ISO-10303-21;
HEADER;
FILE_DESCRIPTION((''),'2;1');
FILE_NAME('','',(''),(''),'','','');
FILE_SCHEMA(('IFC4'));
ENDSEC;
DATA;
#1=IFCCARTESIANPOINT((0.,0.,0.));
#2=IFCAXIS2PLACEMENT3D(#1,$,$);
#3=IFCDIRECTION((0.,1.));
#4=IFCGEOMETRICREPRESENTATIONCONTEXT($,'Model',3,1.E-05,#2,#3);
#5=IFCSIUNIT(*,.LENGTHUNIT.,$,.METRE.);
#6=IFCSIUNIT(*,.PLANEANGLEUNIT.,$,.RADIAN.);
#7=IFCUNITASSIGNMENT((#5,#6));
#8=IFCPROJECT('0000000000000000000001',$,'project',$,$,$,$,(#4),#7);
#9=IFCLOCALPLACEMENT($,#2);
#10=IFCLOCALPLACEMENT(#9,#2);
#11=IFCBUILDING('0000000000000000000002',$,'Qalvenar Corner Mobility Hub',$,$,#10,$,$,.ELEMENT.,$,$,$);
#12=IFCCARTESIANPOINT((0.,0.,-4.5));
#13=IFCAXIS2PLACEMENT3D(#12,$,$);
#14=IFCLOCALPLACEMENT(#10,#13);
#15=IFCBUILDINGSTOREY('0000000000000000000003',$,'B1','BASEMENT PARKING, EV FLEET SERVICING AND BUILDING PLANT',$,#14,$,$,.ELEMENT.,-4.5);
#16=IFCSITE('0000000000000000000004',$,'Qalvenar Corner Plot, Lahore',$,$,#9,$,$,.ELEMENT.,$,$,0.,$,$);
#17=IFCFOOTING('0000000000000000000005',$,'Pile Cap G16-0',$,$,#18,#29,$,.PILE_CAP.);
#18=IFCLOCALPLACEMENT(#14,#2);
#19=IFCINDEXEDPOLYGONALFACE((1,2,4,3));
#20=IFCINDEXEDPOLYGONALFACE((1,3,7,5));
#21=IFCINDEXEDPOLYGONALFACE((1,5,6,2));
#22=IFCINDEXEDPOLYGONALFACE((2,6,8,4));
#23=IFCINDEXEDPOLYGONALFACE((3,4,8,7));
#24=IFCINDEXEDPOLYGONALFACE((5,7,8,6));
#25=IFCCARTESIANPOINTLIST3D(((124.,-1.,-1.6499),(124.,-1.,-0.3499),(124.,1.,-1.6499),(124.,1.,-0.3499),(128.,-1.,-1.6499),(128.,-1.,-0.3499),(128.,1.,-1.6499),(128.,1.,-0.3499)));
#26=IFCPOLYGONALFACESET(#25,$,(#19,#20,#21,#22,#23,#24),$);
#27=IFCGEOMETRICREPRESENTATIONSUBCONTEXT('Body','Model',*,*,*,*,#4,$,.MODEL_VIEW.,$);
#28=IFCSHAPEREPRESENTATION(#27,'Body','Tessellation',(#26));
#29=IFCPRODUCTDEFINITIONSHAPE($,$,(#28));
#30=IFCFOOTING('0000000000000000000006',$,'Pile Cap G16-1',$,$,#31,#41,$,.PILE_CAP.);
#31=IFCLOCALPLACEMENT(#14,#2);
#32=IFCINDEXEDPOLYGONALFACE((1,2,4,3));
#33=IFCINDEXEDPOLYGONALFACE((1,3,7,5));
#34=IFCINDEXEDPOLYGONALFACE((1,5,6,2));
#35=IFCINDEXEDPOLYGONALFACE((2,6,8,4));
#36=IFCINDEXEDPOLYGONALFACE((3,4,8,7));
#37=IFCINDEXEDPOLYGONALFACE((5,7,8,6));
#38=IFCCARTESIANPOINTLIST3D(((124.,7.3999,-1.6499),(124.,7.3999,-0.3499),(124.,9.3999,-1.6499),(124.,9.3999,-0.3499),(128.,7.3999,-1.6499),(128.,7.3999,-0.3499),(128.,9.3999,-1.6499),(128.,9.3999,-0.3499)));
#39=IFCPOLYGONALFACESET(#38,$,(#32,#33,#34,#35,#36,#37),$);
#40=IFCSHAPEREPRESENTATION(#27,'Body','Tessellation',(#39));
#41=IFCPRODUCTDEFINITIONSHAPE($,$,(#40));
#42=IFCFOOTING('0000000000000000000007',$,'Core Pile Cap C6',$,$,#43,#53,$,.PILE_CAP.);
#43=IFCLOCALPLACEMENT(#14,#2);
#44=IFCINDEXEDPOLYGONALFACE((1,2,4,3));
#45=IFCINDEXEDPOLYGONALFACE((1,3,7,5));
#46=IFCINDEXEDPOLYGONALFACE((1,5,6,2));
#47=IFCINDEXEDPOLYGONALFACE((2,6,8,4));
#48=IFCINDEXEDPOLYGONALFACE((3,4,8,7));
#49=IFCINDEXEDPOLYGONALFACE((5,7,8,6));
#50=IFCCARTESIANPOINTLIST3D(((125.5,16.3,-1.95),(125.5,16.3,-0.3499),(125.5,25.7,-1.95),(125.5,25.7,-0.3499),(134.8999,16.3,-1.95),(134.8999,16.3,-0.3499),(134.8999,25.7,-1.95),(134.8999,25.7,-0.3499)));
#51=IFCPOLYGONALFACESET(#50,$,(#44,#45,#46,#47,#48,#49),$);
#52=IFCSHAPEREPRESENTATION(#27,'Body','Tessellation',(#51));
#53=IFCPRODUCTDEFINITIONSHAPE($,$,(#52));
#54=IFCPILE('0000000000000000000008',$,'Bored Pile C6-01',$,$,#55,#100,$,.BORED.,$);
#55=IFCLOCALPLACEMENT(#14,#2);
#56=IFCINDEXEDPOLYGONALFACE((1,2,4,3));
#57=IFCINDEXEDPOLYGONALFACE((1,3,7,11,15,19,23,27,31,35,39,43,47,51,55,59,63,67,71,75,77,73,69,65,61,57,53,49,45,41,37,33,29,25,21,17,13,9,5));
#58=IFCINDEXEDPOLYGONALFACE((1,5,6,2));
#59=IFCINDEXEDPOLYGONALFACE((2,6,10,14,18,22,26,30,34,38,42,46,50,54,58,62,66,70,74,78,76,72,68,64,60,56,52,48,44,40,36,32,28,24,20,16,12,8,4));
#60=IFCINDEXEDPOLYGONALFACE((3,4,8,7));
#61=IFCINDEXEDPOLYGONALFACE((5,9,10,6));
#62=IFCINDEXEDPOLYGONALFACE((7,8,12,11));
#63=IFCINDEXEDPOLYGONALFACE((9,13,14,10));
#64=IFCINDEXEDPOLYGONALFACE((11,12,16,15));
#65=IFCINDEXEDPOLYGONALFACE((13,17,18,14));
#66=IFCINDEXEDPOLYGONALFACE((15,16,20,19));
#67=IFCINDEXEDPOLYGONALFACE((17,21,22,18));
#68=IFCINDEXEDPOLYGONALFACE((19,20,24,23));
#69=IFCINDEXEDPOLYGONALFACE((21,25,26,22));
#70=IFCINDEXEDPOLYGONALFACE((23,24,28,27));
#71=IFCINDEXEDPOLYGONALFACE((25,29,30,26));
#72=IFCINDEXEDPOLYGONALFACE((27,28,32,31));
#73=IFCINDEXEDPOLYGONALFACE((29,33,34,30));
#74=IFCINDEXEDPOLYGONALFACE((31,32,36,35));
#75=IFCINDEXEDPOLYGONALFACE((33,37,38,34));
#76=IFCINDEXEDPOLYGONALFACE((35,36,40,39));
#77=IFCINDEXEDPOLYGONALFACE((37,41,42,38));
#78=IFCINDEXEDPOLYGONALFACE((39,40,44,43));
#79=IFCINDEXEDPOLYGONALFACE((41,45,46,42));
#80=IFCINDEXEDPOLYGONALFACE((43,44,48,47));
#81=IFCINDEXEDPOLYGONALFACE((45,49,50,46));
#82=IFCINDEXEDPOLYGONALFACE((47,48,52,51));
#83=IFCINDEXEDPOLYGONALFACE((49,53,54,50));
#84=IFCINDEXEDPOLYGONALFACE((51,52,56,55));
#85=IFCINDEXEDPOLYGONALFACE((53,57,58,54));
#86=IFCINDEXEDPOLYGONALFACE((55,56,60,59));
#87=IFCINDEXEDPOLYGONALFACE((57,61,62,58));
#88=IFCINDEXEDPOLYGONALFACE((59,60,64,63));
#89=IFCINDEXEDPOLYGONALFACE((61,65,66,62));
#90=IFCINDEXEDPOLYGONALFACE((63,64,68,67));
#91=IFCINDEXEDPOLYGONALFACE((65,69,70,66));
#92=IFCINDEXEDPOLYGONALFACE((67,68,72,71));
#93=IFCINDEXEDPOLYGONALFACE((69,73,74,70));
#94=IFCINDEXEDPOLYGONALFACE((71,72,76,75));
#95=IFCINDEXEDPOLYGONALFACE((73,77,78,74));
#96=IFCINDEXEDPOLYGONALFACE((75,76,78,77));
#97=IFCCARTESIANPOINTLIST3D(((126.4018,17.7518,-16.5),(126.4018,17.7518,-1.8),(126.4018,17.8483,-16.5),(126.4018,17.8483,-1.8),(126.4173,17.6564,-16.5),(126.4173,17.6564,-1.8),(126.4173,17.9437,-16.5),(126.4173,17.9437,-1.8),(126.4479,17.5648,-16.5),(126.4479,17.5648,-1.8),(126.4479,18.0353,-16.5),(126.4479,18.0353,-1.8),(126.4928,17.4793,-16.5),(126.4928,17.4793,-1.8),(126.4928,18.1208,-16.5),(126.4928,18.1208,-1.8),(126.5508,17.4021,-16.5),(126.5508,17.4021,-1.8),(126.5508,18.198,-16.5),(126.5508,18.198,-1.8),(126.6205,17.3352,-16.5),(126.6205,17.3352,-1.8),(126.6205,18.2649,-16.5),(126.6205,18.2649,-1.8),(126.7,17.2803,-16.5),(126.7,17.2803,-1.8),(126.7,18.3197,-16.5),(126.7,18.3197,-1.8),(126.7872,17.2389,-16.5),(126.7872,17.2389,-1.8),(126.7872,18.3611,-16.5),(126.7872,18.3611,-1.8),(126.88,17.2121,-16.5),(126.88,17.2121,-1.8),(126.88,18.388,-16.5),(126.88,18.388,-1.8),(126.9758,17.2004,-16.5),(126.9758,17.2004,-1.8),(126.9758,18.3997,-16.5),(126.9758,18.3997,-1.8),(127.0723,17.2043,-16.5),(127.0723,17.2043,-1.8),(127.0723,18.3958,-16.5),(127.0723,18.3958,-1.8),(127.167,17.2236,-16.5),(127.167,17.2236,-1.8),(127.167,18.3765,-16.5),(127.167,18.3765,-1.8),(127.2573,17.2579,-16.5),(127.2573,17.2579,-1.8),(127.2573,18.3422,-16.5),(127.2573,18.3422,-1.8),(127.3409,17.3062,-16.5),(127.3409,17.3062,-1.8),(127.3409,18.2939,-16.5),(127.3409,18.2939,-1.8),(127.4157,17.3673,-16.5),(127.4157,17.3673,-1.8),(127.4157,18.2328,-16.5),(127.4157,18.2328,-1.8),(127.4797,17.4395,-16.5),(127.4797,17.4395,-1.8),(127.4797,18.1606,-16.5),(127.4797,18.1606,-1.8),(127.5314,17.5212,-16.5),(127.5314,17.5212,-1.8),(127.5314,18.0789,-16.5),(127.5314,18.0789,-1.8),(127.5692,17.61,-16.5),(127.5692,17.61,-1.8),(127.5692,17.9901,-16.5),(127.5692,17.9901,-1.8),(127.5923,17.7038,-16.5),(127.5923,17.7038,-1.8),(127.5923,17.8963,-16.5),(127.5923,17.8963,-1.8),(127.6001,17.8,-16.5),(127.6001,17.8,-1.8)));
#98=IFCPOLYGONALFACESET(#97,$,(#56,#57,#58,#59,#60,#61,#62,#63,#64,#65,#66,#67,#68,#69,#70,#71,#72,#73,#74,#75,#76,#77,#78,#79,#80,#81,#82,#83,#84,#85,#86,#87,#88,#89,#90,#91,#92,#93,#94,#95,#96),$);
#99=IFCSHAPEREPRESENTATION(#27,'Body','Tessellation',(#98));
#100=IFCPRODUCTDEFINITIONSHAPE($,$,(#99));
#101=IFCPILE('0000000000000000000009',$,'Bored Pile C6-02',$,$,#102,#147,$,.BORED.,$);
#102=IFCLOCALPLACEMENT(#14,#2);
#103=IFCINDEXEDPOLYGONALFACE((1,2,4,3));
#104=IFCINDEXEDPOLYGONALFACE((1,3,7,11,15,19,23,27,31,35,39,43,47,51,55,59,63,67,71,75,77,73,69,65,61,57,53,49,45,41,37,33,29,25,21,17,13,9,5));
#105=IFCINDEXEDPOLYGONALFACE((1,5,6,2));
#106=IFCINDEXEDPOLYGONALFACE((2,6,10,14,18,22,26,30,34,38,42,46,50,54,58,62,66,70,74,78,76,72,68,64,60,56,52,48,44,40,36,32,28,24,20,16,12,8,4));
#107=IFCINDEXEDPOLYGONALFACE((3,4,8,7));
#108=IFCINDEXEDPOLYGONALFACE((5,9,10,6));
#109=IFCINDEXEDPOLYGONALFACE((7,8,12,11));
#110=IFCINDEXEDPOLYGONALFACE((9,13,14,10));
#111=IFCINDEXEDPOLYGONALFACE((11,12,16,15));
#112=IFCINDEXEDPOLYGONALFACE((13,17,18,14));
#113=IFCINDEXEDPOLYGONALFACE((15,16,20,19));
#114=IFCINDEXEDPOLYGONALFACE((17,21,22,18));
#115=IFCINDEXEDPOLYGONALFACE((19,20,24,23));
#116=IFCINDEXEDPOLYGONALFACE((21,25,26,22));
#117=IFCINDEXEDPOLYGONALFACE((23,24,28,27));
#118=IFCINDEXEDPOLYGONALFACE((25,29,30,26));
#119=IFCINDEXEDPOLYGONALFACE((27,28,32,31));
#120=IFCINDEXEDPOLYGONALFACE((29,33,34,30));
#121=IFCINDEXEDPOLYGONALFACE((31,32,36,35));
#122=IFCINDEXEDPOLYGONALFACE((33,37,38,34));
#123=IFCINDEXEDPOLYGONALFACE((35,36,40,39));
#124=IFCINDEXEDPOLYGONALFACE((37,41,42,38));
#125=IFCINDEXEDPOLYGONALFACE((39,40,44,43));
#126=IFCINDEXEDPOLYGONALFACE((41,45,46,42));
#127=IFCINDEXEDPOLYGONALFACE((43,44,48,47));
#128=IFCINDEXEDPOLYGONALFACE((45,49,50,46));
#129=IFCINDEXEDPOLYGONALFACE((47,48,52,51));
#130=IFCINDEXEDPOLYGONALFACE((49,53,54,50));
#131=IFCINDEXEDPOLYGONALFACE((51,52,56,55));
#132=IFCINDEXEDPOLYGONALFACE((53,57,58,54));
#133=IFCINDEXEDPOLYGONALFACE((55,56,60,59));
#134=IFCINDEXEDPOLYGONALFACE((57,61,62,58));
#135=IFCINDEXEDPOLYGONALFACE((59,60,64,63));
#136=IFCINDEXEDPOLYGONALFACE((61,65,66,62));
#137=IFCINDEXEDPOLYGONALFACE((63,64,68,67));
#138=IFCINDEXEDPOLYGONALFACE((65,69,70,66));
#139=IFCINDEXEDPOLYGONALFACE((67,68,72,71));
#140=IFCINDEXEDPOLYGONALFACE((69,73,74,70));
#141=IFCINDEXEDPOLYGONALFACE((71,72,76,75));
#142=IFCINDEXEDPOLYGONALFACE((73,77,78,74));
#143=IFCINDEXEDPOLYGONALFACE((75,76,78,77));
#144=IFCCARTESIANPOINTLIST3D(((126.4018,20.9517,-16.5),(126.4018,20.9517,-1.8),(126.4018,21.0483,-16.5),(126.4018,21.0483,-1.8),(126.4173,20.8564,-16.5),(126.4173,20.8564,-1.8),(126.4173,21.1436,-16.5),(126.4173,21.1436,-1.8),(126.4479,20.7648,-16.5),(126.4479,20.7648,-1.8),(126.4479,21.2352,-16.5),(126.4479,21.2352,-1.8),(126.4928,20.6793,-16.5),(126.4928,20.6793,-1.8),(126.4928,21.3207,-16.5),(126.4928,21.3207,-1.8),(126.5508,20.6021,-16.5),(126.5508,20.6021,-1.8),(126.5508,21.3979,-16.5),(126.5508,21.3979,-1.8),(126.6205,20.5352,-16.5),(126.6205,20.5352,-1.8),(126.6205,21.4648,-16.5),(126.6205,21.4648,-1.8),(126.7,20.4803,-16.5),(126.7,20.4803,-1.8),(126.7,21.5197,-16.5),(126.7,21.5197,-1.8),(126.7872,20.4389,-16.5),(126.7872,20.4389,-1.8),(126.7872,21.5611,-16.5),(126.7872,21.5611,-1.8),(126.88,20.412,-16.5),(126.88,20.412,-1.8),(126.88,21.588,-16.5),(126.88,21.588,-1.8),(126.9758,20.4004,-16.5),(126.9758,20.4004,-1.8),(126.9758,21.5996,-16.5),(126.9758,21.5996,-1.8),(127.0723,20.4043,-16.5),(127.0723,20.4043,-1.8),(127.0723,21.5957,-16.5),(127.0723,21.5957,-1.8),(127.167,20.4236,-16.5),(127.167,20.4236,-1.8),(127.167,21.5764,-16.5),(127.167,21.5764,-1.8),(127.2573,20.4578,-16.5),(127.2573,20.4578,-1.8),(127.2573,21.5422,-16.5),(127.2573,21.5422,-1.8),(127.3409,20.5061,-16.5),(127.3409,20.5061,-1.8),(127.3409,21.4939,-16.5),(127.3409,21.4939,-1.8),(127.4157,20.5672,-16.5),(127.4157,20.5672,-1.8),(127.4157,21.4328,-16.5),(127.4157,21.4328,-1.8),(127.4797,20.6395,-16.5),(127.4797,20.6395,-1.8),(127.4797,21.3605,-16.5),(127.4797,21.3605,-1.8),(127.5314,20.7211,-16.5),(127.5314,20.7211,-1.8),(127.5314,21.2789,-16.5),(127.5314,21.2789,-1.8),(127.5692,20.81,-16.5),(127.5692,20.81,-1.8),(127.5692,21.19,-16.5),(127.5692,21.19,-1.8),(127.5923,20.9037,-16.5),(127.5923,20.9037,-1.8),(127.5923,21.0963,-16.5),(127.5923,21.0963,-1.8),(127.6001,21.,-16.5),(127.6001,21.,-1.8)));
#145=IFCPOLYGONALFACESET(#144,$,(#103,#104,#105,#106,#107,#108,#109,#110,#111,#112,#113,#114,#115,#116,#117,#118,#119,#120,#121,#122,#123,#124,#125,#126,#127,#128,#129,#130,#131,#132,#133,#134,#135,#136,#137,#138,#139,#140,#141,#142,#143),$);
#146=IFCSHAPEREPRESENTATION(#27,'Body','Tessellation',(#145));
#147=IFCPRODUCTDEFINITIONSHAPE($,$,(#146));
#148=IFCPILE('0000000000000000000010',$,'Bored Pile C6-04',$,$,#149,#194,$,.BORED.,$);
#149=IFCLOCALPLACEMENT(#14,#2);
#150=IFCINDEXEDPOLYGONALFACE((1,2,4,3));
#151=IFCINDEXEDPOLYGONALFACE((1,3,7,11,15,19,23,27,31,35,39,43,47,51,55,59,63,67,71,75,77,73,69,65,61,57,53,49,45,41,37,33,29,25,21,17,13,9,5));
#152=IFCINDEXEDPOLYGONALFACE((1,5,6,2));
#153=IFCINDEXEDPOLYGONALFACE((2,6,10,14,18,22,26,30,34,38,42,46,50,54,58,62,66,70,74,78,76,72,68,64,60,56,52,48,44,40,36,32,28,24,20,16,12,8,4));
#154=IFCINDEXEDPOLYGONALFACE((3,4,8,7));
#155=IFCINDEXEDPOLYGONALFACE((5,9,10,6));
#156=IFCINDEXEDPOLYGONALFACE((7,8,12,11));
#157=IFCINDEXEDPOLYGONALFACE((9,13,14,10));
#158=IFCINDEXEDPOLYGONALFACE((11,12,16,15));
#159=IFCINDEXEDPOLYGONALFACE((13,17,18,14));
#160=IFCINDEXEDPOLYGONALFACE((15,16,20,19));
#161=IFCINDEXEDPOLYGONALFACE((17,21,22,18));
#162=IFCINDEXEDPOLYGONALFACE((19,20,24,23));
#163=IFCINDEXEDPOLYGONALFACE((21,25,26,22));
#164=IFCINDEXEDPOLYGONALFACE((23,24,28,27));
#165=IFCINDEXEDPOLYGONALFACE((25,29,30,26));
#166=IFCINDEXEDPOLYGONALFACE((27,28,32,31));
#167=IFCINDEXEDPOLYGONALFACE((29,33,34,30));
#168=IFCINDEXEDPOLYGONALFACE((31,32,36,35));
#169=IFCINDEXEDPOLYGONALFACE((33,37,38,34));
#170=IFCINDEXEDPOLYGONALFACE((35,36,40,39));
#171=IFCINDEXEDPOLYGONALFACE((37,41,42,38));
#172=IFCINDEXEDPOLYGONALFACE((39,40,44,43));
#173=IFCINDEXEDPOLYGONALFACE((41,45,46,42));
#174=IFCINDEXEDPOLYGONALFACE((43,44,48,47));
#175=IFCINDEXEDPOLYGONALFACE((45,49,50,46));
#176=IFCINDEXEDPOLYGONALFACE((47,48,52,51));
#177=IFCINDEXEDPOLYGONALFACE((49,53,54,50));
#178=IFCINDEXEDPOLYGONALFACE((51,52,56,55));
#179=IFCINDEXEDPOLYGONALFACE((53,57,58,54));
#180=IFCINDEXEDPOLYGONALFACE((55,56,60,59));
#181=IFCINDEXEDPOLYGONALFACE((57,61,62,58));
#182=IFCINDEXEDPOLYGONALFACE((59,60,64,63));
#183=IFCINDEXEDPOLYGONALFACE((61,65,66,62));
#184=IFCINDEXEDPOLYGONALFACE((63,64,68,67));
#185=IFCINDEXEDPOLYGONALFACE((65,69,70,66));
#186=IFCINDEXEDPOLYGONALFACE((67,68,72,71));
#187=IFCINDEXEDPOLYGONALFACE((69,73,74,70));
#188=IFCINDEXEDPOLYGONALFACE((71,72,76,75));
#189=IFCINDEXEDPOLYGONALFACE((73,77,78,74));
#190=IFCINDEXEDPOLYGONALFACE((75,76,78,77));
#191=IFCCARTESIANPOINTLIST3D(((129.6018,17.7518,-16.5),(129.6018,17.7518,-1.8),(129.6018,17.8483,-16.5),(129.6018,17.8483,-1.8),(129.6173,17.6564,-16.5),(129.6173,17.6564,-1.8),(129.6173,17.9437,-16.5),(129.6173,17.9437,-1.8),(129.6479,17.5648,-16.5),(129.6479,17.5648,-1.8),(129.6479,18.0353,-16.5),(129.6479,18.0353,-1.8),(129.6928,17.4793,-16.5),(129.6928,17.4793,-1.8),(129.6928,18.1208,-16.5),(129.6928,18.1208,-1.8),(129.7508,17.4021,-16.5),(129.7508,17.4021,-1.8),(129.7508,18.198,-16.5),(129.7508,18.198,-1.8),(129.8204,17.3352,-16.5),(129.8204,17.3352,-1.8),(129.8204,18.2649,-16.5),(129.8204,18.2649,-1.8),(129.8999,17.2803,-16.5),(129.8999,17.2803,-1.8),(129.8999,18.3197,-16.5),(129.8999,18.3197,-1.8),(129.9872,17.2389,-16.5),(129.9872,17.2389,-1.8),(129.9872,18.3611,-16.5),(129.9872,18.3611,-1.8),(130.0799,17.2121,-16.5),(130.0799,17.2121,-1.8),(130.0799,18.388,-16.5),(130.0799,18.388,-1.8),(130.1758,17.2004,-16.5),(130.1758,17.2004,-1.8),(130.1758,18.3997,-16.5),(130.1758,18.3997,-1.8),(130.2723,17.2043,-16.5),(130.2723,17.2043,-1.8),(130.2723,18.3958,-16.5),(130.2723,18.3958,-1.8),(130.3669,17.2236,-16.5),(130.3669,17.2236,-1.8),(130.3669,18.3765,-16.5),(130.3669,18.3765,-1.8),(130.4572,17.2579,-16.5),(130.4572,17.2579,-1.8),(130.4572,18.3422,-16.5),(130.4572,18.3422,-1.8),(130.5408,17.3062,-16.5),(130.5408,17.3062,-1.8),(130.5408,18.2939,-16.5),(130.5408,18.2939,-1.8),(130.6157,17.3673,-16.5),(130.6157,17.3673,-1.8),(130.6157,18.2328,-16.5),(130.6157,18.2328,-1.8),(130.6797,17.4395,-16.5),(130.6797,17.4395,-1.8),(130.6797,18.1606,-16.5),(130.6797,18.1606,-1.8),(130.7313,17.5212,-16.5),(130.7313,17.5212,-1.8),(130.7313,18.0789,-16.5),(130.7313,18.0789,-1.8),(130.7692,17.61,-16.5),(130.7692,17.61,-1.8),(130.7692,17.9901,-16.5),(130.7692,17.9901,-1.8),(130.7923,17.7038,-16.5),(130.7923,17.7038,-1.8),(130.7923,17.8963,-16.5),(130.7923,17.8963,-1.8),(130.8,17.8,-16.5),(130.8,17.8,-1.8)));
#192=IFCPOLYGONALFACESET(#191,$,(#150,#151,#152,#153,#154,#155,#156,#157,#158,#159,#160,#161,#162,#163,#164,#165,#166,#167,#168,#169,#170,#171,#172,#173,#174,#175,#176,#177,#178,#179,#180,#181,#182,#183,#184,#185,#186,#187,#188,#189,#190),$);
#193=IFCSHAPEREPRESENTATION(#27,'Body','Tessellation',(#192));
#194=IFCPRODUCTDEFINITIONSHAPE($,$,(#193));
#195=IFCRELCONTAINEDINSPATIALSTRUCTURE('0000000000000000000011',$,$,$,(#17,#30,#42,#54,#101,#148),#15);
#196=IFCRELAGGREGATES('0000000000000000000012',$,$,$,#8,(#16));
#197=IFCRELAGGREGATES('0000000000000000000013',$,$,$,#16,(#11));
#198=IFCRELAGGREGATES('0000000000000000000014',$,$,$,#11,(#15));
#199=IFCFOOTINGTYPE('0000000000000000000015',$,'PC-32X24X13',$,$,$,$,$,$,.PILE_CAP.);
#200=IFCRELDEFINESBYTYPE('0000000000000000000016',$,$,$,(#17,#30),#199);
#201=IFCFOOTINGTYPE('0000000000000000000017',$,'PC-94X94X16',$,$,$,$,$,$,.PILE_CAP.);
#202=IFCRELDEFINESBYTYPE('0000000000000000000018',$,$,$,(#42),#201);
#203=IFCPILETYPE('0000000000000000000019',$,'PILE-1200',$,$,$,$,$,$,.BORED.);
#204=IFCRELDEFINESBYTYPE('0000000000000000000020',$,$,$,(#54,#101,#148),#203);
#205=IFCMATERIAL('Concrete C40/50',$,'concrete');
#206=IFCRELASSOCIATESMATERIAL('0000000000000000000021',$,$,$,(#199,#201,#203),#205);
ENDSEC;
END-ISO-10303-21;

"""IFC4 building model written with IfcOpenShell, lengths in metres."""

from ifc_helpers import new_model, si_unit, direction, frame, origin, origin_2d, place, context, subcontext, project, spatial, rectangle, circle, extrude, material, material_profile, profile_set, type_object, element, save


model = new_model("IFC4")

# Units and contexts
model_context = context("Model", 3, precision=1e-05, world=origin(), true_north=direction((0.0, 1.0)))
body_context = subcontext(model_context, "Body", "Model", "MODEL_VIEW")
ifc_project = project(units=[si_unit("LENGTHUNIT", "METRE"), si_unit("PLANEANGLEUNIT", "RADIAN")], contexts=[model_context])

# Site, building, storey
site_placement = place(None, origin())
site = spatial("IfcSite", under=ifc_project, at=site_placement, Name="Qalvenar Corner Plot, Lahore", CompositionType="ELEMENT", RefElevation=0.0)
building_placement = place(site_placement, origin())
building = spatial("IfcBuilding", under=site, at=building_placement, Name="Qalvenar Corner Mobility Hub", CompositionType="ELEMENT")
storey_placement = place(building_placement, frame((0.0, 0.0, -4.5)))
storey = spatial("IfcBuildingStorey", under=building, at=storey_placement, Name="B1", Description="BASEMENT PARKING, EV FLEET SERVICING AND BUILDING PLANT", CompositionType="ELEMENT", Elevation=-4.5)

# Footings
ifc_material_1 = material(Name="Concrete C40/50", Category="concrete")
footing_type_1 = type_object("IfcFootingType", Name="PC-32X24X13", PredefinedType="PILE_CAP", material=ifc_material_1)
for number, where, z_axis, x_axis, name in (
    (1, (126.0, 0.0, -1.6499), (0.0, 0.0, 1.0), (1.0, 0.0, 0.0), "Pile Cap G16-0"),
    (2, (126.0, 8.3999, -1.6499), (0.0, 0.0, 1.0), (1.0, 0.0, 0.0), "Pile Cap G16-1"),
):
    element("IfcFooting", number, at=place(storey_placement, frame(where, z_axis=z_axis, x_axis=x_axis)), inside=storey, type_object=footing_type_1, Name=name, PredefinedType="PILE_CAP", context=body_context, shape_type="SweptSolid", body=[
        extrude(rectangle(XDim=4.0, YDim=2.0, at=origin_2d()), origin(), (0.0, 0.0, 1.0), 1.3),
    ])
footing_type_2 = type_object("IfcFootingType", Name="PC-94X94X16", PredefinedType="PILE_CAP", material=ifc_material_1)
footing_1_placement = place(storey_placement, frame((130.2, 21.0, -1.95), z_axis=(0.0, 0.0, 1.0), x_axis=(1.0, 0.0, 0.0)))
element("IfcFooting", 3, at=footing_1_placement, inside=storey, type_object=footing_type_2, Name="Core Pile Cap C6", PredefinedType="PILE_CAP", context=body_context, shape_type="SweptSolid", body=[
    extrude(rectangle(XDim=9.3999, YDim=9.3999, at=origin_2d()), origin(), (0.0, 0.0, 1.0), 1.6001),
])

# Piles
ifc_material_profile_1 = material_profile(ifc_material_1, circle(Radius=0.6001, at=origin_2d()), Name="DIA1200")
ifc_profile_set_1 = profile_set([ifc_material_profile_1], Name="Concrete C40/50")
pile_type_1 = type_object("IfcPileType", Name="PILE-1200", PredefinedType="BORED", material=ifc_profile_set_1)
for number, where, z_axis, x_axis, name in (
    (4, (127.0, 17.8, -1.8), (0.0, 0.0, -1.0), (1.0, 0.0, 0.0), "Bored Pile C6-01"),
    (5, (127.0, 21.0, -1.8), (0.0, 0.0, -1.0), (1.0, 0.0, 0.0), "Bored Pile C6-02"),
    (6, (130.2, 17.8, -1.8), (0.0, 0.0, -1.0), (1.0, 0.0, 0.0), "Bored Pile C6-04"),
):
    element("IfcPile", number, at=place(storey_placement, frame(where, z_axis=z_axis, x_axis=x_axis)), inside=storey, type_object=pile_type_1, Name=name, PredefinedType="BORED", context=body_context, shape_type="SweptSolid", body=[
        extrude(circle(Radius=0.6001, at=origin_2d()), origin(), (0.0, 0.0, 1.0), 14.7),
    ])

save(model, "model.ifc")
